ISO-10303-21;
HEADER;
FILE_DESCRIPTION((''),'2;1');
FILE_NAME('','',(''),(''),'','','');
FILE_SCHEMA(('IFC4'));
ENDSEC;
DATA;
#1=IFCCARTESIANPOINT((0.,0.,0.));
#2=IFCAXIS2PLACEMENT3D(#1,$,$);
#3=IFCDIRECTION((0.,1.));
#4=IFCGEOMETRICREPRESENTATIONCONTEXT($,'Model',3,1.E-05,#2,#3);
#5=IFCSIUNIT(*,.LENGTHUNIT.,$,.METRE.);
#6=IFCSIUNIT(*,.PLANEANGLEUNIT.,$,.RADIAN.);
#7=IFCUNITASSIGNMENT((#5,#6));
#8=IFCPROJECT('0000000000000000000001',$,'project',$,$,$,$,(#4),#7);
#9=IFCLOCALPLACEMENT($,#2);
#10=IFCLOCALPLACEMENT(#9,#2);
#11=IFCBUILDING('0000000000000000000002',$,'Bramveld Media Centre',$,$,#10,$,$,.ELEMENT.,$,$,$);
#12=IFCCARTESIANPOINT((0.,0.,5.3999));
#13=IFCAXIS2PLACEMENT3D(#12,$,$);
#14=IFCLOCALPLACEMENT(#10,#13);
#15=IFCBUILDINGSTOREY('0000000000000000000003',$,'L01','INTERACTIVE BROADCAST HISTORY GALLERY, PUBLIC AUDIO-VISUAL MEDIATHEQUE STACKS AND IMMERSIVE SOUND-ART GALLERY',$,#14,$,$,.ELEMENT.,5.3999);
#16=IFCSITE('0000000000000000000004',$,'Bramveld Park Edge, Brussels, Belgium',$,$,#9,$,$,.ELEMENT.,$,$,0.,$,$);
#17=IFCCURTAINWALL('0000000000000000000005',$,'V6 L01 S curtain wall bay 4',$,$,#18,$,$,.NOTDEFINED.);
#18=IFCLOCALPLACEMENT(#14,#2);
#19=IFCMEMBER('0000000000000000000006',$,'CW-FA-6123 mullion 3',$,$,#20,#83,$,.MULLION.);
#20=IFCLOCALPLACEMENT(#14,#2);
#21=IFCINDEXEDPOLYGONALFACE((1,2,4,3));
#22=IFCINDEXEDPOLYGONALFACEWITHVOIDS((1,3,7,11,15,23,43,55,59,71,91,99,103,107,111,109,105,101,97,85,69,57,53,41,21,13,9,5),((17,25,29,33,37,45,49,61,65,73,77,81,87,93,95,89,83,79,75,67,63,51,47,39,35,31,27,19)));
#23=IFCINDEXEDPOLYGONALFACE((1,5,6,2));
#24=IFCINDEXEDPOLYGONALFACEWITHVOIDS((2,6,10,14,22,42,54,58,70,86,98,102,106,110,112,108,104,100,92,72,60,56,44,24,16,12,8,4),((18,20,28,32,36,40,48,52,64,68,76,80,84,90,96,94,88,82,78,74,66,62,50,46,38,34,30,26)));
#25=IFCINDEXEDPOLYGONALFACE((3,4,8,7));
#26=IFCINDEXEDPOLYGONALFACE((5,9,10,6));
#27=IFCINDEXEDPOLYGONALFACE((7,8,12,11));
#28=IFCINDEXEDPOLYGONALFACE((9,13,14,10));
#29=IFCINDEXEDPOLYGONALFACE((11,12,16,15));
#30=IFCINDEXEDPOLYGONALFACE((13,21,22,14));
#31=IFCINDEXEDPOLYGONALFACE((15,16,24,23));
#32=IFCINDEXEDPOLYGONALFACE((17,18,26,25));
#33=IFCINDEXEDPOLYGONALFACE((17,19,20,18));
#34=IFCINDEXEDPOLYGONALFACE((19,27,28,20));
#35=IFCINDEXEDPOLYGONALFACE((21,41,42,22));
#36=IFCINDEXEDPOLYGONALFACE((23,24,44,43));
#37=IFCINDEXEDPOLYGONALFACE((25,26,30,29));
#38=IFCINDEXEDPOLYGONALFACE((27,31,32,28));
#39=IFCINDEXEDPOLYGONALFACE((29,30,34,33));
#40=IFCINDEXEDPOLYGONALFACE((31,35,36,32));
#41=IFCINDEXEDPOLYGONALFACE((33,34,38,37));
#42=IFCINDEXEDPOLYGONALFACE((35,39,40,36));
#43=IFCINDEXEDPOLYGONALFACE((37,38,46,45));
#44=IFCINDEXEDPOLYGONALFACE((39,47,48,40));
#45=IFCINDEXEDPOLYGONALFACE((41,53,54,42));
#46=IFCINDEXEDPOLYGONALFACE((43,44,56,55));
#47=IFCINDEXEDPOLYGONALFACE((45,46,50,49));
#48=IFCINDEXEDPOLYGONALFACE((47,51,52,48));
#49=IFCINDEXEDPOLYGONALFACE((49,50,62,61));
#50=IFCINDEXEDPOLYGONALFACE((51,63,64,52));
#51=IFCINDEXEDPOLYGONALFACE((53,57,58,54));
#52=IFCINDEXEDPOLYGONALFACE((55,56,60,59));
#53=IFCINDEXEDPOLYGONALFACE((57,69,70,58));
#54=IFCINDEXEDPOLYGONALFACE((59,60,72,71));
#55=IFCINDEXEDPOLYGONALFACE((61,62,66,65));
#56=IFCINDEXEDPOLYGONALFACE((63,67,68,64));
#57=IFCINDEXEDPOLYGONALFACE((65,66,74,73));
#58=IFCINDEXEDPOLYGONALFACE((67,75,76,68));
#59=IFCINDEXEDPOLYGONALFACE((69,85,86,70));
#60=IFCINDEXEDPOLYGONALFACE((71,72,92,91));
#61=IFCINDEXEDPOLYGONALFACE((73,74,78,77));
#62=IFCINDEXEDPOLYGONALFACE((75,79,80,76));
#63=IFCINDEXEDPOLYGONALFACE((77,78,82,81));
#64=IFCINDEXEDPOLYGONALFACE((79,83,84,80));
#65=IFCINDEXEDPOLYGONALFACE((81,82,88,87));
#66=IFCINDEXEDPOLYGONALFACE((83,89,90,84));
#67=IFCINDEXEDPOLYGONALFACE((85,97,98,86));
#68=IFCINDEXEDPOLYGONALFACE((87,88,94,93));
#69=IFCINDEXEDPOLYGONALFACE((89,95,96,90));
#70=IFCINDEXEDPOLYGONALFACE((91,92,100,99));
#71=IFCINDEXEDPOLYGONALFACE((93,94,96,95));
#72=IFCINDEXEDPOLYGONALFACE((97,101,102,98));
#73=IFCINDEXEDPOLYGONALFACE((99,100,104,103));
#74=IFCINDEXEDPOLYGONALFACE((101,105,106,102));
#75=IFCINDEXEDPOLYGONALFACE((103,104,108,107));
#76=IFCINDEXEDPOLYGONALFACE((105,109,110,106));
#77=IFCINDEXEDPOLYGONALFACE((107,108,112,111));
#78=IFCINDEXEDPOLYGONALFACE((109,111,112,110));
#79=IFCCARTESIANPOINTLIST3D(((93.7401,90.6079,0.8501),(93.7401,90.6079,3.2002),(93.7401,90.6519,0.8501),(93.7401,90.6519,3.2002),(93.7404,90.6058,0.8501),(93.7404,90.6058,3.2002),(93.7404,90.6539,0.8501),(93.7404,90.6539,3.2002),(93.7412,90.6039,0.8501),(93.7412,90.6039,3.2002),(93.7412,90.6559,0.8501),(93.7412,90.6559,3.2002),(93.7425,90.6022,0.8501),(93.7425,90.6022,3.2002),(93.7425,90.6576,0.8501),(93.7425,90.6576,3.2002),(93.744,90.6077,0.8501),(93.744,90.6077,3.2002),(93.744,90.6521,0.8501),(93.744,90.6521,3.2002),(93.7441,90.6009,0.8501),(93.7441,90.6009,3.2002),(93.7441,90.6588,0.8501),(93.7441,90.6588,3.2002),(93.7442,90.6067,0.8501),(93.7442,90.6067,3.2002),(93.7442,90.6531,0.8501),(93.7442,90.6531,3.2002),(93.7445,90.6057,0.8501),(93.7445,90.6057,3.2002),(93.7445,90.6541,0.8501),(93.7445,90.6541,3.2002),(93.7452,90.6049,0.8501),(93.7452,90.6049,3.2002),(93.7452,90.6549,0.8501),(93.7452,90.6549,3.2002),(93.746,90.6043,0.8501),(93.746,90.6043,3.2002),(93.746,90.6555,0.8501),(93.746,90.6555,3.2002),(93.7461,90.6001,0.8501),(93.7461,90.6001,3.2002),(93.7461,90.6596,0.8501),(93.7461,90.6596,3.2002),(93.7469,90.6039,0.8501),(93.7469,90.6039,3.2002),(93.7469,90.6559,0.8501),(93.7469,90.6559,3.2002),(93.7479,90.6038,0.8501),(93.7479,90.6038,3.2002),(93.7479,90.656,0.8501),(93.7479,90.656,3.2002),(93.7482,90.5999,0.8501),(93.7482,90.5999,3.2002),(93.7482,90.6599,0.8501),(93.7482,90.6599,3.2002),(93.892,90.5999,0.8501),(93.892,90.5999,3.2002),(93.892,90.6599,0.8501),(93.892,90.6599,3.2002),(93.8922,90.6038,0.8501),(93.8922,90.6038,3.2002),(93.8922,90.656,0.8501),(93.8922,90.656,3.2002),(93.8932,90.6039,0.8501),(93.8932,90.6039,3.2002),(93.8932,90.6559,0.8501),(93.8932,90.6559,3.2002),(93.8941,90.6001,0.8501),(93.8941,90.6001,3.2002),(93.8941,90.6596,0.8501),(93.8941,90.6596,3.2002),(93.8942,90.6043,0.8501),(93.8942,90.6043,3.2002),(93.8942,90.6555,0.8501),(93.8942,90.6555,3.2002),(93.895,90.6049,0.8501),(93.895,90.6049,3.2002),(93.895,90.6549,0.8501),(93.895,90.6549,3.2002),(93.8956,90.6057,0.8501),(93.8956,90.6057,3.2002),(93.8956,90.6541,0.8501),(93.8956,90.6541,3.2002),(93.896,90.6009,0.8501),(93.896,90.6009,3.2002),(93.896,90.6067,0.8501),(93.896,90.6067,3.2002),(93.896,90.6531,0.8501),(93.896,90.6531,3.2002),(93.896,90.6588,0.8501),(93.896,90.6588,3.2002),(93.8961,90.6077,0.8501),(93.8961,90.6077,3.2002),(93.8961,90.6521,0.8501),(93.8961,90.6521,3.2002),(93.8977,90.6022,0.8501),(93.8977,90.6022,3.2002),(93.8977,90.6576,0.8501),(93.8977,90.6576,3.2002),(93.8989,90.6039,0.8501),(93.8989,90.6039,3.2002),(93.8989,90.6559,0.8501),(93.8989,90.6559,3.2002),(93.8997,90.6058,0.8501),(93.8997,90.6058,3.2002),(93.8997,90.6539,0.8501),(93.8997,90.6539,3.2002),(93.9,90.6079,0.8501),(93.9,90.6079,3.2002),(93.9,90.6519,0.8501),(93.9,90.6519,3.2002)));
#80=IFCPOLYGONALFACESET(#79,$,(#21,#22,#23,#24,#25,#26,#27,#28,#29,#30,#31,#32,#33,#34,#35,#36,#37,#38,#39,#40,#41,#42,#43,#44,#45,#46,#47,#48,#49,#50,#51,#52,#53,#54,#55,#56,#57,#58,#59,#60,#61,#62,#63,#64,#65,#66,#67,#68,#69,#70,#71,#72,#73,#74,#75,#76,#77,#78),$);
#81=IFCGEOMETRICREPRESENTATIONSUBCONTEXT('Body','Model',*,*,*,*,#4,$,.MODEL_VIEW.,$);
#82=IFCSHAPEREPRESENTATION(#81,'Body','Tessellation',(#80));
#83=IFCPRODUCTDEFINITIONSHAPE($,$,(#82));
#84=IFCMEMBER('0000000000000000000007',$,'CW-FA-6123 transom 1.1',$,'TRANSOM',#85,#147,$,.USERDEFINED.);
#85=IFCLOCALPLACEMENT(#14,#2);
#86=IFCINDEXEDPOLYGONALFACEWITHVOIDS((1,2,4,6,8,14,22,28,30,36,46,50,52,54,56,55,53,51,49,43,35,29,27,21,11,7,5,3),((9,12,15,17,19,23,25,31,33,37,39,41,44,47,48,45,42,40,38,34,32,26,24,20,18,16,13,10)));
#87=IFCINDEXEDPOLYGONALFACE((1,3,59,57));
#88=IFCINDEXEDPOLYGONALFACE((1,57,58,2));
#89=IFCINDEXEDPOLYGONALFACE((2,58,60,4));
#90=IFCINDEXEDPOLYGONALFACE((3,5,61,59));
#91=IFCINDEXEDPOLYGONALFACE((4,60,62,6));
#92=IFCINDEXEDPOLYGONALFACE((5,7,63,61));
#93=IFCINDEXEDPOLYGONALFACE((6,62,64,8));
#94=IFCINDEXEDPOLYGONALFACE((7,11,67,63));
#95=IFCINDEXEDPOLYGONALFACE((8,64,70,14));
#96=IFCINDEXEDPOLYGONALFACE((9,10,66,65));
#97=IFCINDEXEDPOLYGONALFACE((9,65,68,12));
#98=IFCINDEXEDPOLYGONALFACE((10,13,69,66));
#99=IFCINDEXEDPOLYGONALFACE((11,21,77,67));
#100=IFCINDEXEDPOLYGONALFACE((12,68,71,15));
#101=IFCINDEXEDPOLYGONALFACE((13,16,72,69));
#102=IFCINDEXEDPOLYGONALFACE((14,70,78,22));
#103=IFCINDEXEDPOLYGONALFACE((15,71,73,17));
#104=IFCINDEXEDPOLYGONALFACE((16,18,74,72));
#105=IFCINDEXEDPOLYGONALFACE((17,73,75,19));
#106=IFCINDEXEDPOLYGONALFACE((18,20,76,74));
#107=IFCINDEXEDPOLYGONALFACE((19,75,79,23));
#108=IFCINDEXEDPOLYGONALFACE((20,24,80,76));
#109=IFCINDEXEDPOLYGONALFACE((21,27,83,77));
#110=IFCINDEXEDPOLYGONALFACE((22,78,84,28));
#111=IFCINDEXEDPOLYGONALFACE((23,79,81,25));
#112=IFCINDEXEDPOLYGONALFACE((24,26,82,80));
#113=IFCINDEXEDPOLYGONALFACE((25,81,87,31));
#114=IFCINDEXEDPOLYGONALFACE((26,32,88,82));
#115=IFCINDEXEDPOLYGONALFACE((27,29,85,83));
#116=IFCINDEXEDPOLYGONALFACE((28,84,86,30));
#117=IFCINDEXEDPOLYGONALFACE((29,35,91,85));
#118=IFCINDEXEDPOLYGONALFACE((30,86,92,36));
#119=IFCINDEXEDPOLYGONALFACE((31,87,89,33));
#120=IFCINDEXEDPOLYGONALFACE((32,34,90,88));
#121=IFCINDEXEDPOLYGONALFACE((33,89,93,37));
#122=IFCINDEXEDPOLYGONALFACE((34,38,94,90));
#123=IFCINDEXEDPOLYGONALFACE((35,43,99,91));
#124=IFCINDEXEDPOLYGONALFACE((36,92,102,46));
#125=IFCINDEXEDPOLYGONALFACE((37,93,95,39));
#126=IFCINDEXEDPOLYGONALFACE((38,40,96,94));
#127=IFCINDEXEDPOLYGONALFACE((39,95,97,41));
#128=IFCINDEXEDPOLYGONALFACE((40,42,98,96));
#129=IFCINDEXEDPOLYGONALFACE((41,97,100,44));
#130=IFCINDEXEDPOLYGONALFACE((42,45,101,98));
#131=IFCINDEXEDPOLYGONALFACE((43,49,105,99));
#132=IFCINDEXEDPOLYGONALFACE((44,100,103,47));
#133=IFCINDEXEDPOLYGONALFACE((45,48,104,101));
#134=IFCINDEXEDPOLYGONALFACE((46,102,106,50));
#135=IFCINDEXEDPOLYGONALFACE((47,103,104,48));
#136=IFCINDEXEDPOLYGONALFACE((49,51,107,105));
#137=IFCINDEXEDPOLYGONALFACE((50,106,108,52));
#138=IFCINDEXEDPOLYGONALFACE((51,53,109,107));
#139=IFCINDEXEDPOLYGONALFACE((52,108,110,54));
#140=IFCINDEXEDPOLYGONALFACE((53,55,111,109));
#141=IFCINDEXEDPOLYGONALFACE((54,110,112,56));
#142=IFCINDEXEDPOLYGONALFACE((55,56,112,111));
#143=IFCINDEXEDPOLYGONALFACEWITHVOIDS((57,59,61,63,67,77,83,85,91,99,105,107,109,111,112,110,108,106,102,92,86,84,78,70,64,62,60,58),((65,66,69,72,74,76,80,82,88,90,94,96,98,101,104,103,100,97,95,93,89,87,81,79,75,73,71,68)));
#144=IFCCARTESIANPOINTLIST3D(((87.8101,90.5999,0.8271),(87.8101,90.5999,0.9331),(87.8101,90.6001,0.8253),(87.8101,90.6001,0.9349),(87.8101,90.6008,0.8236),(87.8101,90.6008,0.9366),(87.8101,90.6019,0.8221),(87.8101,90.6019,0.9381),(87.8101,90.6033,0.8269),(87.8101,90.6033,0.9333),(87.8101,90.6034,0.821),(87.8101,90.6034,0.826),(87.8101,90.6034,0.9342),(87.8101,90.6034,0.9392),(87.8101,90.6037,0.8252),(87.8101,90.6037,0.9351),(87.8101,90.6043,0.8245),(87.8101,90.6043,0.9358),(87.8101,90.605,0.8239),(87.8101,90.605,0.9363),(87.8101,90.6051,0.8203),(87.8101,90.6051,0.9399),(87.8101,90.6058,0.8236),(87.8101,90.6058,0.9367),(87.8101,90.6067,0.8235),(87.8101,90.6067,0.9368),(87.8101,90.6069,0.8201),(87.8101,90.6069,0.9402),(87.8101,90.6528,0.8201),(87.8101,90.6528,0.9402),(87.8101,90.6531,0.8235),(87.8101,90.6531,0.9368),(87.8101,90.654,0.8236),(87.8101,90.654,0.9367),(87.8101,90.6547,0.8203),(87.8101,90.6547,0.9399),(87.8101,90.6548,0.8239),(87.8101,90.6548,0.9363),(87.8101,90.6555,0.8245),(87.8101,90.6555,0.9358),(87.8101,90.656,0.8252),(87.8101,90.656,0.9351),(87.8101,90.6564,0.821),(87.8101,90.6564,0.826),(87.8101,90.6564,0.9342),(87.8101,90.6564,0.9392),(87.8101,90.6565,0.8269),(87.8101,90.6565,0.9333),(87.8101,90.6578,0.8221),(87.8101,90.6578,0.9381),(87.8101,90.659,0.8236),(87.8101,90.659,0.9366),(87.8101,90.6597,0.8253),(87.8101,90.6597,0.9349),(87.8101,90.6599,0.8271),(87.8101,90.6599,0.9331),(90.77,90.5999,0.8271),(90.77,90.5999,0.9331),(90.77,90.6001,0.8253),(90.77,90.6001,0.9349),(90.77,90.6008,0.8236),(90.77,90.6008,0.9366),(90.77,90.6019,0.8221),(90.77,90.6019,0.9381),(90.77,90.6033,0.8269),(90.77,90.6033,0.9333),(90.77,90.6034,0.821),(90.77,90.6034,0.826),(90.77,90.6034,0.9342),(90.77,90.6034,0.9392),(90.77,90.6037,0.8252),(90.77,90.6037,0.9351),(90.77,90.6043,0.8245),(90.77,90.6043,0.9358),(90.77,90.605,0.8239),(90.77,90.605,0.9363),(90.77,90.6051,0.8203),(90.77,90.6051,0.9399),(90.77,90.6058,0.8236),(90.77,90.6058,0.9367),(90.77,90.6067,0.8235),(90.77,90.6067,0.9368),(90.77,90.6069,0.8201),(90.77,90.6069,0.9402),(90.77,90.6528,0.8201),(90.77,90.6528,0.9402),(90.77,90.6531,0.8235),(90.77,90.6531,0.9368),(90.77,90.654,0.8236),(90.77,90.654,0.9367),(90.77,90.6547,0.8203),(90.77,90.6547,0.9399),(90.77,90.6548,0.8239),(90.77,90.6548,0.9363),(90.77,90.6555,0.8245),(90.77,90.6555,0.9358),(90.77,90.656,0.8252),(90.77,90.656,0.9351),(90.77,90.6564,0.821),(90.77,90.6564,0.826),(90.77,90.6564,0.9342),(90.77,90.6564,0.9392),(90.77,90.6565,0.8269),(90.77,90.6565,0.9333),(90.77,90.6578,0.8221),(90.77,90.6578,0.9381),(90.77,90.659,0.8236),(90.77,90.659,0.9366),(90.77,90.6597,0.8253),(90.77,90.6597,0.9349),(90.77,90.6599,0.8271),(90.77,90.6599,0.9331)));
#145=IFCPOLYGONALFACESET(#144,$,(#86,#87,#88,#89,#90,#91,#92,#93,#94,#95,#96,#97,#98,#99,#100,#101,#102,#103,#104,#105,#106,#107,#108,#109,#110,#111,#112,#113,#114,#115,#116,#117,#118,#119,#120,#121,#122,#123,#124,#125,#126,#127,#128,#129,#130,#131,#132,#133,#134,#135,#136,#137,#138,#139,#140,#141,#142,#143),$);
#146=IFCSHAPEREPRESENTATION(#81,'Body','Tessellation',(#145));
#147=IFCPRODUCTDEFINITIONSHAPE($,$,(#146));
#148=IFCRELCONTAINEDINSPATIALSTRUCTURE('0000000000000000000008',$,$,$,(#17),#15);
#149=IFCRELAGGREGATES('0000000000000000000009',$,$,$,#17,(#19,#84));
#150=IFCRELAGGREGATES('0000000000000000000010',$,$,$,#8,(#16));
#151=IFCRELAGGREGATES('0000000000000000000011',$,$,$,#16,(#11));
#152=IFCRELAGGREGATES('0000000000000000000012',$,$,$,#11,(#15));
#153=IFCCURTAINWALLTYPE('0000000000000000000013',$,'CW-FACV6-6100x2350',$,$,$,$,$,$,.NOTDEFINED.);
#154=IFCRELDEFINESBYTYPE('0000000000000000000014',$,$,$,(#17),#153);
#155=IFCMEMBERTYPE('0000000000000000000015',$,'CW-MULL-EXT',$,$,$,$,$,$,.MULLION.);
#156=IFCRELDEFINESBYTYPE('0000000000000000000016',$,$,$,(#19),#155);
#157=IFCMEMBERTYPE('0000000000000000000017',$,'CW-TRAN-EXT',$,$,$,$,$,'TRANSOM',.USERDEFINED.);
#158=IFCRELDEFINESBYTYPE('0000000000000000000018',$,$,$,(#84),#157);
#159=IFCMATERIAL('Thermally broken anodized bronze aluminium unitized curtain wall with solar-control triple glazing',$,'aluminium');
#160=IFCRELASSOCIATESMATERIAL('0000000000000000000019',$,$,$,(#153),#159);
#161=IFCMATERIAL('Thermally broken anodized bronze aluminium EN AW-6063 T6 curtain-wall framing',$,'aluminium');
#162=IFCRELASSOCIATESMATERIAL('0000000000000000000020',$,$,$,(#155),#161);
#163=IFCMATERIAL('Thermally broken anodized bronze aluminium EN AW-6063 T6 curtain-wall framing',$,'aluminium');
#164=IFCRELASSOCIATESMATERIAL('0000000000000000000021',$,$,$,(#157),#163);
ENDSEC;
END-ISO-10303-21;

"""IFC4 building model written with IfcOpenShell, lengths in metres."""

from ifc_helpers import new_model, si_unit, direction, frame, origin, origin_2d, place, context, subcontext, project, spatial, hollow_rectangle, extrude, material, material_profile, profile_set, type_object, element, aggregate, save


model = new_model("IFC4")

# Units and contexts
model_context = context("Model", 3, precision=1e-05, world=origin(), true_north=direction((0.0, 1.0)))
body_context = subcontext(model_context, "Body", "Model", "MODEL_VIEW")
ifc_project = project(units=[si_unit("LENGTHUNIT", "METRE"), si_unit("PLANEANGLEUNIT", "RADIAN")], contexts=[model_context])

# Site, building, storey
site_placement = place(None, origin())
site = spatial("IfcSite", under=ifc_project, at=site_placement, Name="Bramveld Park Edge, Brussels, Belgium", CompositionType="ELEMENT", RefElevation=0.0)
building_placement = place(site_placement, origin())
building = spatial("IfcBuilding", under=site, at=building_placement, Name="Bramveld Media Centre", CompositionType="ELEMENT")
storey_placement = place(building_placement, frame((0.0, 0.0, 5.3999)))
storey = spatial("IfcBuildingStorey", under=building, at=storey_placement, Name="L01", Description="INTERACTIVE BROADCAST HISTORY GALLERY, PUBLIC AUDIO-VISUAL MEDIATHEQUE STACKS AND IMMERSIVE SOUND-ART GALLERY", CompositionType="ELEMENT", Elevation=5.3999)

# Curtain wall, members
ifc_material_1 = material(Name="Thermally broken anodized bronze aluminium unitized curtain wall with solar-control triple glazing", Category="aluminium")
curtain_wall_type = type_object("IfcCurtainWallType", Name="CW-FACV6-6100x2350", PredefinedType="NOTDEFINED", material=ifc_material_1)
curtain_wall_placement = place(storey_placement, origin())
curtain_wall = element("IfcCurtainWall", 1, at=curtain_wall_placement, inside=storey, type_object=curtain_wall_type, Name="V6 L01 S curtain wall bay 4", PredefinedType="NOTDEFINED")
ifc_material_2 = material(Name="Thermally broken anodized bronze aluminium EN AW-6063 T6 curtain-wall framing", Category="aluminium")
ifc_material_profile_1 = material_profile(ifc_material_2, hollow_rectangle(XDim=0.0601, YDim=0.1599, WallThickness=0.0039, InnerFilletRadius=0.0039, OuterFilletRadius=0.0081, at=origin_2d()), Name="AL-MULL 60x160")
ifc_profile_set_1 = profile_set([ifc_material_profile_1], Name="Thermally broken anodized bronze aluminium EN AW-6063 T6 curtain-wall framing")
member_type_1 = type_object("IfcMemberType", Name="CW-MULL-EXT", PredefinedType="MULLION", material=ifc_profile_set_1)
member_1_placement = place(storey_placement, frame((93.8201, 90.6299, 0.8501), z_axis=(0.0, 0.0, 1.0), x_axis=(0.0, 1.0, 0.0)))
member_1 = element("IfcMember", 2, at=member_1_placement, type_object=member_type_1, Name="CW-FA-6123 mullion 3", PredefinedType="MULLION", context=body_context, shape_type="SweptSolid", body=[
    extrude(hollow_rectangle(XDim=0.0601, YDim=0.1599, WallThickness=0.0039, InnerFilletRadius=0.0039, OuterFilletRadius=0.0081, at=origin_2d()), origin(), (0.0, 0.0, 1.0), 2.3501),
])
ifc_material_3 = material(Name="Thermally broken anodized bronze aluminium EN AW-6063 T6 curtain-wall framing", Category="aluminium")
ifc_material_profile_2 = material_profile(ifc_material_3, hollow_rectangle(XDim=0.0601, YDim=0.1201, WallThickness=0.0034, InnerFilletRadius=0.0034, OuterFilletRadius=0.0071, at=origin_2d()), Name="AL-TRAN 60x120")
ifc_profile_set_2 = profile_set([ifc_material_profile_2], Name="Thermally broken anodized bronze aluminium EN AW-6063 T6 curtain-wall framing")
member_type_2 = type_object("IfcMemberType", Name="CW-TRAN-EXT", ElementType="TRANSOM", PredefinedType="USERDEFINED", material=ifc_profile_set_2)
member_2_placement = place(storey_placement, frame((87.8101, 90.6299, 0.8801), z_axis=(1.0, 0.0, 0.0), x_axis=(0.0, 1.0, 0.0)))
member_2 = element("IfcMember", 3, at=member_2_placement, type_object=member_type_2, Name="CW-FA-6123 transom 1.1", ObjectType="TRANSOM", PredefinedType="USERDEFINED", context=body_context, shape_type="SweptSolid", body=[
    extrude(hollow_rectangle(XDim=0.0601, YDim=0.1201, WallThickness=0.0034, InnerFilletRadius=0.0034, OuterFilletRadius=0.0071, at=origin_2d()), origin(), (0.0, 0.0, 1.0), 2.96),
])

aggregate(curtain_wall, [member_1, member_2])

save(model, "model.ifc")
